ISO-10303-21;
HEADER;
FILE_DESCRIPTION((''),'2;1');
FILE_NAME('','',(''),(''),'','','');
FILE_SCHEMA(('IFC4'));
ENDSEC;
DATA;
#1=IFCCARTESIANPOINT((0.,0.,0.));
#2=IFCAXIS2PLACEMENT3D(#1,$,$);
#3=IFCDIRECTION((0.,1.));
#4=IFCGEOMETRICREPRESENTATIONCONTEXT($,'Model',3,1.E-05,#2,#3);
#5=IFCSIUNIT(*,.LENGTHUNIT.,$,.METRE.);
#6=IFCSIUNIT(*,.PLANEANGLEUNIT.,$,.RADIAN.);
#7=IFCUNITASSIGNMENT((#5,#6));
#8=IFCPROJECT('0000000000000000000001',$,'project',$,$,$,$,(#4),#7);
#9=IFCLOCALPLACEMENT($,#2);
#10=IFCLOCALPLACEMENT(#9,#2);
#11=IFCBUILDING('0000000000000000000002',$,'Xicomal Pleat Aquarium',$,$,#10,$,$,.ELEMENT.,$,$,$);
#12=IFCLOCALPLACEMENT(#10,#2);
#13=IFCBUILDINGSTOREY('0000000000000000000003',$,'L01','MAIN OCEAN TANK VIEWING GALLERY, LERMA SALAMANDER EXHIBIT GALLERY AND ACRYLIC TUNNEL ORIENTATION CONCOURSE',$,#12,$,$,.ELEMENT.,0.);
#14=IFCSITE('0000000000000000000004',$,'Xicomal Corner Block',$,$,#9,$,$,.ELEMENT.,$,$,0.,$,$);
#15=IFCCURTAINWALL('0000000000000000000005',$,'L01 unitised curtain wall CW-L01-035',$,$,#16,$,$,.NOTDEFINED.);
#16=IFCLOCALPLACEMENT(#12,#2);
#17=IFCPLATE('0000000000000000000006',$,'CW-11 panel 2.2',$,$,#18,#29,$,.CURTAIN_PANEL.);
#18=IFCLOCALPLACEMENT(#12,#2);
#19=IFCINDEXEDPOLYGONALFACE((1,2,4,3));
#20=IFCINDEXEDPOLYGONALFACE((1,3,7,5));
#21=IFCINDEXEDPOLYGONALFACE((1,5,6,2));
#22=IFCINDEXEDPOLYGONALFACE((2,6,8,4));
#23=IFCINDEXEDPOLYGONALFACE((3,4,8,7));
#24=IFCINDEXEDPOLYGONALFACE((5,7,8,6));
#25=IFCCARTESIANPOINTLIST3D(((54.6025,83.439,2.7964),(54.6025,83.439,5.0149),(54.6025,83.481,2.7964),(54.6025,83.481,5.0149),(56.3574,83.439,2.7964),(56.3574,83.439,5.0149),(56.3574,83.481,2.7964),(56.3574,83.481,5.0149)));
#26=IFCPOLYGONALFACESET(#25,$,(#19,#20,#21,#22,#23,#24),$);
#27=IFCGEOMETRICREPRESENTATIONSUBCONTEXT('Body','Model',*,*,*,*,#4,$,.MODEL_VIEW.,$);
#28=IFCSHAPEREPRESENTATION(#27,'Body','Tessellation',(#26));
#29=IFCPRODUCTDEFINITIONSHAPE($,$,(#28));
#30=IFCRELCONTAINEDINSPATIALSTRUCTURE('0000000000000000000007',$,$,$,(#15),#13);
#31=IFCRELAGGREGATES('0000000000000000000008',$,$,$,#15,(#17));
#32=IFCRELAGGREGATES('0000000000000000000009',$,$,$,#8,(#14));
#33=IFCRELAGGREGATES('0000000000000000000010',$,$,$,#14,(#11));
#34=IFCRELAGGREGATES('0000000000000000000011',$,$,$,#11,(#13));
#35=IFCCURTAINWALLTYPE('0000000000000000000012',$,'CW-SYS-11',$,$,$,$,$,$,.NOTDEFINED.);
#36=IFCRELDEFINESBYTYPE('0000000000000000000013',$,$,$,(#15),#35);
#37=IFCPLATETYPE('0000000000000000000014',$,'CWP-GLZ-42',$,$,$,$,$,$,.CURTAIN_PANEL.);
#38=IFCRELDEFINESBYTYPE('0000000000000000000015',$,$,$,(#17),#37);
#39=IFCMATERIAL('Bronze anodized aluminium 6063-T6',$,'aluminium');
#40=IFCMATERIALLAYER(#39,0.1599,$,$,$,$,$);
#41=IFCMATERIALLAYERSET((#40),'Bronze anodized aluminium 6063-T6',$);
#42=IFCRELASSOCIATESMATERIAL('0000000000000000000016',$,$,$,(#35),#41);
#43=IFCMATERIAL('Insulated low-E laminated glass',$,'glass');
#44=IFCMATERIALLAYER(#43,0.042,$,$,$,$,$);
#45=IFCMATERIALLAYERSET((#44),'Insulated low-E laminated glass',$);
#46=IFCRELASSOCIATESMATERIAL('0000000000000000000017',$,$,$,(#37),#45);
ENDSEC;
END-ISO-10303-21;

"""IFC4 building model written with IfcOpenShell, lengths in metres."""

from ifc_helpers import new_model, si_unit, direction, frame, origin, origin_2d, place, context, subcontext, project, spatial, rectangle, extrude, material, layer, layer_set, type_object, element, aggregate, save


model = new_model("IFC4")

# Units and contexts
model_context = context("Model", 3, precision=1e-05, world=origin(), true_north=direction((0.0, 1.0)))
body_context = subcontext(model_context, "Body", "Model", "MODEL_VIEW")
ifc_project = project(units=[si_unit("LENGTHUNIT", "METRE"), si_unit("PLANEANGLEUNIT", "RADIAN")], contexts=[model_context])

# Site, building, storey
site_placement = place(None, origin())
site = spatial("IfcSite", under=ifc_project, at=site_placement, Name="Xicomal Corner Block", CompositionType="ELEMENT", RefElevation=0.0)
building_placement = place(site_placement, origin())
building = spatial("IfcBuilding", under=site, at=building_placement, Name="Xicomal Pleat Aquarium", CompositionType="ELEMENT")
storey_placement = place(building_placement, origin())
storey = spatial("IfcBuildingStorey", under=building, at=storey_placement, Name="L01", Description="MAIN OCEAN TANK VIEWING GALLERY, LERMA SALAMANDER EXHIBIT GALLERY AND ACRYLIC TUNNEL ORIENTATION CONCOURSE", CompositionType="ELEMENT", Elevation=0.0)

# Curtain wall, plate
ifc_material_1 = material(Name="Bronze anodized aluminium 6063-T6", Category="aluminium")
ifc_layer_1 = layer(ifc_material_1, 0.1599)
ifc_layer_set_1 = layer_set([ifc_layer_1], Name="Bronze anodized aluminium 6063-T6")
curtain_wall_type = type_object("IfcCurtainWallType", Name="CW-SYS-11", PredefinedType="NOTDEFINED", material=ifc_layer_set_1)
curtain_wall_placement = place(storey_placement, origin())
curtain_wall = element("IfcCurtainWall", 1, at=curtain_wall_placement, inside=storey, type_object=curtain_wall_type, Name="L01 unitised curtain wall CW-L01-035", PredefinedType="NOTDEFINED")
ifc_material_2 = material(Name="Insulated low-E laminated glass", Category="glass")
ifc_layer_2 = layer(ifc_material_2, 0.042)
ifc_layer_set_2 = layer_set([ifc_layer_2], Name="Insulated low-E laminated glass")
plate_type = type_object("IfcPlateType", Name="CWP-GLZ-42", PredefinedType="CURTAIN_PANEL", material=ifc_layer_set_2)
plate_1_placement = place(storey_placement, frame((55.48, 83.46, 2.7964), z_axis=(0.0, 0.0, 1.0), x_axis=(1.0, 0.0, 0.0)))
plate_1 = element("IfcPlate", 2, at=plate_1_placement, type_object=plate_type, Name="CW-11 panel 2.2", PredefinedType="CURTAIN_PANEL", context=body_context, shape_type="SweptSolid", body=[
    extrude(rectangle(XDim=1.7549, YDim=0.042, at=origin_2d()), origin(), (0.0, 0.0, 1.0), 2.2185),
])
aggregate(curtain_wall, [plate_1])

save(model, "model.ifc")
